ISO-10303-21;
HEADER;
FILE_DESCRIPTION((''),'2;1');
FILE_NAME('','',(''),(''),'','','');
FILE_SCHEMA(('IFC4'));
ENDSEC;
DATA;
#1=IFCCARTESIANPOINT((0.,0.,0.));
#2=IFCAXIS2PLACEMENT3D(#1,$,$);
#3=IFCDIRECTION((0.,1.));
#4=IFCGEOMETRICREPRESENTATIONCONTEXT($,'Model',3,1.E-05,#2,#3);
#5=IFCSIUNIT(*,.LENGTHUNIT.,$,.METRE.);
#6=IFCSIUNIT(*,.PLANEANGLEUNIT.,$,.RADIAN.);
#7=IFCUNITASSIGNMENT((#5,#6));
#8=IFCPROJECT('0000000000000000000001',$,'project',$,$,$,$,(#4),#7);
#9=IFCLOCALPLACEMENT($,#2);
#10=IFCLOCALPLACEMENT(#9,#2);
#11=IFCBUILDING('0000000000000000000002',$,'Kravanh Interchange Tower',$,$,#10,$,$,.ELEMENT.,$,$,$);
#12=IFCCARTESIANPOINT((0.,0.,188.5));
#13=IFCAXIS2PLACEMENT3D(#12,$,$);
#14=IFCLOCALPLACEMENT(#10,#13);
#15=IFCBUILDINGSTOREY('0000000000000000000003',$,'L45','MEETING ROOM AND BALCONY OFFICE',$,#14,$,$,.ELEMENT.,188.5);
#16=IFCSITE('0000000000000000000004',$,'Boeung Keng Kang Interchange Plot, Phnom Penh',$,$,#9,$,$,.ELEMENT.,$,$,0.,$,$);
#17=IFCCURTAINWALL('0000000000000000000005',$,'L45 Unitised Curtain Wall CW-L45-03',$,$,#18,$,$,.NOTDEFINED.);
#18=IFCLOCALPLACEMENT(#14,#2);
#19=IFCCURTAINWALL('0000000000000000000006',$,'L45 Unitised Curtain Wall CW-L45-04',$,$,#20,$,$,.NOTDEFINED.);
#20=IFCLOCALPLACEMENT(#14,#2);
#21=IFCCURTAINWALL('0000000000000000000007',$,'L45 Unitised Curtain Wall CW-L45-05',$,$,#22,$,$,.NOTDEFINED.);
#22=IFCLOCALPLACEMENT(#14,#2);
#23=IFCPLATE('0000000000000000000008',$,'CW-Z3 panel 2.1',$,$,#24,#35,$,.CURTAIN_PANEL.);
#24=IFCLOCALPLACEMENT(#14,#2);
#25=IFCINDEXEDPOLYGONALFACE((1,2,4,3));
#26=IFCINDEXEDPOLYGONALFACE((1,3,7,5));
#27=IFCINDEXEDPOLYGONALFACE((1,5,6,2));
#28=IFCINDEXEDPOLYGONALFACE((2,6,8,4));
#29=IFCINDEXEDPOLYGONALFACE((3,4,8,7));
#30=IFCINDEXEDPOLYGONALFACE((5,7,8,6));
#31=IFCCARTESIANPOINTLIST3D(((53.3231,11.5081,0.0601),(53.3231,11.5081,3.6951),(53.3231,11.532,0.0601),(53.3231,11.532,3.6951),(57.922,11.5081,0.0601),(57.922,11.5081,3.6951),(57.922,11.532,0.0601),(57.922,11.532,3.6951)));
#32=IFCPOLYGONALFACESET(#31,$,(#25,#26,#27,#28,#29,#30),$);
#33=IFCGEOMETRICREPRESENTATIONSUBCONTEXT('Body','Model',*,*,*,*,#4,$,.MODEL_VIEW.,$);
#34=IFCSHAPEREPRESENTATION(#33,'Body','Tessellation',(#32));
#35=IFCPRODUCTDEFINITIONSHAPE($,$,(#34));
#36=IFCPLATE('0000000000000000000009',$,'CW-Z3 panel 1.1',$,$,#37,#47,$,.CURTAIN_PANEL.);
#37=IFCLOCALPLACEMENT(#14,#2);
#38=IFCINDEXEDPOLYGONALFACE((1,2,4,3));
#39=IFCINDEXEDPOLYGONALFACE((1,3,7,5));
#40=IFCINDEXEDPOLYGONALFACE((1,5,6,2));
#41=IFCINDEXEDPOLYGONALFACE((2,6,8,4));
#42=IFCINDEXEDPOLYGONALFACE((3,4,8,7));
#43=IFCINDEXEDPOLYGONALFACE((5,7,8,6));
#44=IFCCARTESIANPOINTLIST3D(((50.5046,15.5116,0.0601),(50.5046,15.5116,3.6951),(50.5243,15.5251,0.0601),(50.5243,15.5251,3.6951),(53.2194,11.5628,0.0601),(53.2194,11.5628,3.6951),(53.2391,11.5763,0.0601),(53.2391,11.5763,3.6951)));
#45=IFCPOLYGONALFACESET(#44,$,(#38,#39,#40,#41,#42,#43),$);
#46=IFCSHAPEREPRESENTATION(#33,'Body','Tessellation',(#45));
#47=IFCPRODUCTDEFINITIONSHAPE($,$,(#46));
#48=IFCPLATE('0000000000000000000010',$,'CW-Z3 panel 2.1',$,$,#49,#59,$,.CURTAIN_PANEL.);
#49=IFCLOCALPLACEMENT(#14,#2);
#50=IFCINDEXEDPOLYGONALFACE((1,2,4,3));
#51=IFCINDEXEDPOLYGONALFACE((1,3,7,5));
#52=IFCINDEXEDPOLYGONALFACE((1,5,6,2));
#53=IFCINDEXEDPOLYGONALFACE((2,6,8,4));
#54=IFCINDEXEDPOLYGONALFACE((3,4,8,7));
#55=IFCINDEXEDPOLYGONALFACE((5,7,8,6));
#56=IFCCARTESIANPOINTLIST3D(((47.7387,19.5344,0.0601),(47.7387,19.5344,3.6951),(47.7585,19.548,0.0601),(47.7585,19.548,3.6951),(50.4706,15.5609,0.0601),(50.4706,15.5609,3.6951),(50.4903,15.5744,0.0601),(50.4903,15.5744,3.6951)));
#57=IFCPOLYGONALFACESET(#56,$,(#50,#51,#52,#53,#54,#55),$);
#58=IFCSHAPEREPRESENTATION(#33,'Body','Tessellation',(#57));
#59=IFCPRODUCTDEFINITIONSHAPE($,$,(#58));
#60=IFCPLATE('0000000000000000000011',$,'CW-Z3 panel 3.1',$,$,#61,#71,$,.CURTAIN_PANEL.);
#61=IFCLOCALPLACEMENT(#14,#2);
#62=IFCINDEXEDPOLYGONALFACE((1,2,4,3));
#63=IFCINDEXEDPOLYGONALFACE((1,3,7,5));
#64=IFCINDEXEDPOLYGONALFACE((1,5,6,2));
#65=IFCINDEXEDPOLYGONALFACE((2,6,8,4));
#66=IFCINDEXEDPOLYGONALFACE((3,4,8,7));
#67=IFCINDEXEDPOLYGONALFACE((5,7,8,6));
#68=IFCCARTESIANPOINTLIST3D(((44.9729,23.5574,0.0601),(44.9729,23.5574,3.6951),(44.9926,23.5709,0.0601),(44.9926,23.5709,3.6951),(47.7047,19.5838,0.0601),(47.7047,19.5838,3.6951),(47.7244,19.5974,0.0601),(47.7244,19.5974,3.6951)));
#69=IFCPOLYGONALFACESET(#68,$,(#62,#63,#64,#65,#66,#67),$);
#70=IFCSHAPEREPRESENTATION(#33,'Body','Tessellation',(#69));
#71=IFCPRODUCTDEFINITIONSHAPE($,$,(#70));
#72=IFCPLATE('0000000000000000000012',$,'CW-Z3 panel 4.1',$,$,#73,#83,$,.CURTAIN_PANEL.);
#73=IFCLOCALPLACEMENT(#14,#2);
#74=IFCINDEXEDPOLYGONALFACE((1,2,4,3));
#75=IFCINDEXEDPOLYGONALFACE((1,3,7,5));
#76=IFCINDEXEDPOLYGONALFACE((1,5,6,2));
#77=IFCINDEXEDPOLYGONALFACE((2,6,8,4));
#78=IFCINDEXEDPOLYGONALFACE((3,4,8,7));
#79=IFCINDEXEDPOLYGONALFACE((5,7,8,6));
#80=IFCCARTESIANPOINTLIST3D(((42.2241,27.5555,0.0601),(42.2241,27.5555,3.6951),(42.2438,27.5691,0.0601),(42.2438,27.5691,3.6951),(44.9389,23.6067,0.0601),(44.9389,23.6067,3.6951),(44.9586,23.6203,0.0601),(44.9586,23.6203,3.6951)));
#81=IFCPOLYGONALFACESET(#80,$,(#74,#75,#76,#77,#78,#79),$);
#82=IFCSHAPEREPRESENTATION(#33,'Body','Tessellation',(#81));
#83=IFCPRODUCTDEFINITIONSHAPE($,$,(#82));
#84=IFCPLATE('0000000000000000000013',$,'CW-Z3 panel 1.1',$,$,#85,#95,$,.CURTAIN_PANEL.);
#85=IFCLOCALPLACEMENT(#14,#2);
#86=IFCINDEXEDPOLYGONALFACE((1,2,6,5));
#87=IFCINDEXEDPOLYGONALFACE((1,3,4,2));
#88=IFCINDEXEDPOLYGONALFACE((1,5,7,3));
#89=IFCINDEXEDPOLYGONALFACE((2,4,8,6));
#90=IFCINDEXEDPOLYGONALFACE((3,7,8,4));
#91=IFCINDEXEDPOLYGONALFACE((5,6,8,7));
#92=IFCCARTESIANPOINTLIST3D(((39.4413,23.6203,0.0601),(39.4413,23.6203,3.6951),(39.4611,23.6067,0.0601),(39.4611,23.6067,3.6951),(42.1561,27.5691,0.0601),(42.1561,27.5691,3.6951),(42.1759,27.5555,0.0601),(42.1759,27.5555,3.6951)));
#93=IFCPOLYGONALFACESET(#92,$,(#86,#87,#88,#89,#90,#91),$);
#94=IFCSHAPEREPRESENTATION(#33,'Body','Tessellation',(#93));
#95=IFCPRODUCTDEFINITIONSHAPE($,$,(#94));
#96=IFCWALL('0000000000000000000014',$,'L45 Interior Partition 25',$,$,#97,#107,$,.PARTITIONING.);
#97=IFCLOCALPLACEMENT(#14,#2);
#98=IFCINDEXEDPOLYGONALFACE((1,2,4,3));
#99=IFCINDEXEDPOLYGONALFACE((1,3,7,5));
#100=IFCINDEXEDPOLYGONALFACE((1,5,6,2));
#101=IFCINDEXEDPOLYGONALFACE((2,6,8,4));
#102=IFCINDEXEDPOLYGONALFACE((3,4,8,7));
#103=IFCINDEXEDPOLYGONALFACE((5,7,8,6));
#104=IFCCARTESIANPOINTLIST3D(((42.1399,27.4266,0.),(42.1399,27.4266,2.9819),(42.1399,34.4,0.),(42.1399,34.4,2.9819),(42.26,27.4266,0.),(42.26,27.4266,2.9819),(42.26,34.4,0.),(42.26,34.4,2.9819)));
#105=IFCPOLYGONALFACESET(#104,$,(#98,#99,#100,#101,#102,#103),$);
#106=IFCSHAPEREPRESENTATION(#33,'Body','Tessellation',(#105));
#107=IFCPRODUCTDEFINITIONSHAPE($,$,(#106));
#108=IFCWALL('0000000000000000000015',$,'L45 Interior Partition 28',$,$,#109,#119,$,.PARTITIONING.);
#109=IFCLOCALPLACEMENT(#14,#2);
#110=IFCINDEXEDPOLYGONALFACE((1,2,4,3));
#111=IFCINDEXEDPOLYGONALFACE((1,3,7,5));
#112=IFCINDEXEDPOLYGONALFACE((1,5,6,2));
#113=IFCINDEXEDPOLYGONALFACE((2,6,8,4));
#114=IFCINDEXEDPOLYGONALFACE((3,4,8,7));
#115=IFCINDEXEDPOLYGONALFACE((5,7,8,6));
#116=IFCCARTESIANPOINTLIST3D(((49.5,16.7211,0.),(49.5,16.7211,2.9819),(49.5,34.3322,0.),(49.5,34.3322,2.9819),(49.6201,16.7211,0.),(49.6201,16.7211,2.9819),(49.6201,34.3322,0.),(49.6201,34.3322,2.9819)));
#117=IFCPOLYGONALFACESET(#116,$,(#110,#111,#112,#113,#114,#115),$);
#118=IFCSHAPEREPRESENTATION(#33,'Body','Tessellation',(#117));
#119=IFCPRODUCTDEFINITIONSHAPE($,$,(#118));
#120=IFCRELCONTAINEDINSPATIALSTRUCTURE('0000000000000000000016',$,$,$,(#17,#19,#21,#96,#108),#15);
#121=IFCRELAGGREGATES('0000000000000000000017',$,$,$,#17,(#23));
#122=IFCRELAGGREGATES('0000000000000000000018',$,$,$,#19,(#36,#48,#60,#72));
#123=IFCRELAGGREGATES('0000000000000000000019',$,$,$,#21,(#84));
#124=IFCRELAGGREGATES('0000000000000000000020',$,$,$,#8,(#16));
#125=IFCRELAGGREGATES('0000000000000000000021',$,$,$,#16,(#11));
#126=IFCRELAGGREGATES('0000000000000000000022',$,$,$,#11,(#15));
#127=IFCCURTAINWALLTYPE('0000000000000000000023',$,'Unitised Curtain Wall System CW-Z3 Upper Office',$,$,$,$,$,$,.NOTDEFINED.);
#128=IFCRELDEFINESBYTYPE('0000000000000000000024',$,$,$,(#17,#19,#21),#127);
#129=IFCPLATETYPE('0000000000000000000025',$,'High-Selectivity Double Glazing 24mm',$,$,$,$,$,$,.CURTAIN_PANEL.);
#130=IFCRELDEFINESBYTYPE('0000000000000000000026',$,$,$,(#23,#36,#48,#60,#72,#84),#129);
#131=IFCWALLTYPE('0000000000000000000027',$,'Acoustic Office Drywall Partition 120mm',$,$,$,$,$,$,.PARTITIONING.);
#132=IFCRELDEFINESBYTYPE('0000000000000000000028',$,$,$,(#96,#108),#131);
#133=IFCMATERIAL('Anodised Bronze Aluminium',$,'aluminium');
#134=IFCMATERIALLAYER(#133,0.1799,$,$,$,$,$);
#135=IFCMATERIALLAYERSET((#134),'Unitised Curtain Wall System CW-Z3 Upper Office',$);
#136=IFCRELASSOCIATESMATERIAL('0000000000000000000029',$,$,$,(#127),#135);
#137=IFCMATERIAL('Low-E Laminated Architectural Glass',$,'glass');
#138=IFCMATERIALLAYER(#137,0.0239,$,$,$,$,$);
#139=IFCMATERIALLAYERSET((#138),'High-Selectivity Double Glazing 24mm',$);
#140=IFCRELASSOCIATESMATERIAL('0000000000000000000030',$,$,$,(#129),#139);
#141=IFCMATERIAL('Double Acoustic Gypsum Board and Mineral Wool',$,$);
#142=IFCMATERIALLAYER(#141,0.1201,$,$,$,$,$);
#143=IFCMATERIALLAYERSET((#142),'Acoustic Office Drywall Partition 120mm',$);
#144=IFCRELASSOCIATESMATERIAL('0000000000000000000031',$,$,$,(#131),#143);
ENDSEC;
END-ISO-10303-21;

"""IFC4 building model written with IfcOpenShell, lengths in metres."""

from ifc_helpers import new_model, si_unit, direction, frame, frame_2d, origin, origin_2d, place, context, subcontext, project, spatial, rectangle, extrude, material, layer, layer_set, type_object, element, aggregate, save


model = new_model("IFC4")

# Units and contexts
model_context = context("Model", 3, precision=1e-05, world=origin(), true_north=direction((0.0, 1.0)))
body_context = subcontext(model_context, "Body", "Model", "MODEL_VIEW")
ifc_project = project(units=[si_unit("LENGTHUNIT", "METRE"), si_unit("PLANEANGLEUNIT", "RADIAN")], contexts=[model_context])

# Site, building, storey
site_placement = place(None, origin())
site = spatial("IfcSite", under=ifc_project, at=site_placement, Name="Boeung Keng Kang Interchange Plot, Phnom Penh", CompositionType="ELEMENT", RefElevation=0.0)
building_placement = place(site_placement, origin())
building = spatial("IfcBuilding", under=site, at=building_placement, Name="Kravanh Interchange Tower", CompositionType="ELEMENT")
storey_placement = place(building_placement, frame((0.0, 0.0, 188.5)))
storey = spatial("IfcBuildingStorey", under=building, at=storey_placement, Name="L45", Description="MEETING ROOM AND BALCONY OFFICE", CompositionType="ELEMENT", Elevation=188.5)

# Curtain wall
ifc_material_1 = material(Name="Anodised Bronze Aluminium", Category="aluminium")
ifc_layer_1 = layer(ifc_material_1, 0.1799)
ifc_layer_set_1 = layer_set([ifc_layer_1], Name="Unitised Curtain Wall System CW-Z3 Upper Office")
curtain_wall_type = type_object("IfcCurtainWallType", Name="Unitised Curtain Wall System CW-Z3 Upper Office", PredefinedType="NOTDEFINED", material=ifc_layer_set_1)
curtain_wall_1_placement = place(storey_placement, origin())
curtain_wall_1 = element("IfcCurtainWall", 1, at=curtain_wall_1_placement, inside=storey, type_object=curtain_wall_type, Name="L45 Unitised Curtain Wall CW-L45-03", PredefinedType="NOTDEFINED")

# Curtain walls
curtain_wall_2_placement = place(storey_placement, origin())
curtain_wall_2 = element("IfcCurtainWall", 2, at=curtain_wall_2_placement, inside=storey, type_object=curtain_wall_type, Name="L45 Unitised Curtain Wall CW-L45-04", PredefinedType="NOTDEFINED")
curtain_wall_3_placement = place(storey_placement, origin())
curtain_wall_3 = element("IfcCurtainWall", 3, at=curtain_wall_3_placement, inside=storey, type_object=curtain_wall_type, Name="L45 Unitised Curtain Wall CW-L45-05", PredefinedType="NOTDEFINED")

# Plates
ifc_material_2 = material(Name="Low-E Laminated Architectural Glass", Category="glass")
ifc_layer_2 = layer(ifc_material_2, 0.0239)
ifc_layer_set_2 = layer_set([ifc_layer_2], Name="High-Selectivity Double Glazing 24mm")
plate_type = type_object("IfcPlateType", Name="High-Selectivity Double Glazing 24mm", PredefinedType="CURTAIN_PANEL", material=ifc_layer_set_2)
plate_1_placement = place(storey_placement, frame((55.6226, 11.52, 0.0601), z_axis=(0.0, 0.0, 1.0), x_axis=(-1.0, 0.0, 0.0)))
plate_1 = element("IfcPlate", 4, at=plate_1_placement, type_object=plate_type, Name="CW-Z3 panel 2.1", PredefinedType="CURTAIN_PANEL", context=body_context, shape_type="SweptSolid", body=[
    extrude(rectangle(XDim=4.5989, YDim=0.0239, at=origin_2d()), origin(), (0.0, 0.0, 1.0), 3.635),
])
aggregate(curtain_wall_1, [plate_1])
plate_2_placement = place(storey_placement, frame((51.8718, 13.5439, 0.0601), z_axis=(0.0, 0.0, 1.0), x_axis=(-0.566528, 0.824042, 0.0)))
plate_2 = element("IfcPlate", 5, at=plate_2_placement, type_object=plate_type, Name="CW-Z3 panel 1.1", PredefinedType="CURTAIN_PANEL", context=body_context, shape_type="SweptSolid", body=[
    extrude(rectangle(XDim=4.792, YDim=0.0239, at=origin_2d()), origin(), (0.0, 0.0, 1.0), 3.635),
])
plate_3_placement = place(storey_placement, frame((49.1145, 17.5544, 0.0601), z_axis=(0.0, 0.0, 1.0), x_axis=(-0.566528, 0.824042, 0.0)))
plate_3 = element("IfcPlate", 6, at=plate_3_placement, type_object=plate_type, Name="CW-Z3 panel 2.1", PredefinedType="CURTAIN_PANEL", context=body_context, shape_type="SweptSolid", body=[
    extrude(rectangle(XDim=4.822, YDim=0.0239, at=origin_2d()), origin(), (0.0, 0.0, 1.0), 3.635),
])
plate_4_placement = place(storey_placement, frame((46.3486, 21.5774, 0.0601), z_axis=(0.0, 0.0, 1.0), x_axis=(-0.566528, 0.824042, 0.0)))
plate_4 = element("IfcPlate", 7, at=plate_4_placement, type_object=plate_type, Name="CW-Z3 panel 3.1", PredefinedType="CURTAIN_PANEL", context=body_context, shape_type="SweptSolid", body=[
    extrude(rectangle(XDim=4.822, YDim=0.0239, at=origin_2d()), origin(), (0.0, 0.0, 1.0), 3.635),
])
plate_5_placement = place(storey_placement, frame((43.5913, 25.5879, 0.0601), z_axis=(0.0, 0.0, 1.0), x_axis=(-0.566528, 0.824042, 0.0)))
plate_5 = element("IfcPlate", 8, at=plate_5_placement, type_object=plate_type, Name="CW-Z3 panel 4.1", PredefinedType="CURTAIN_PANEL", context=body_context, shape_type="SweptSolid", body=[
    extrude(rectangle(XDim=4.792, YDim=0.0239, at=origin_2d()), origin(), (0.0, 0.0, 1.0), 3.635),
])
aggregate(curtain_wall_2, [plate_2, plate_3, plate_4, plate_5])
plate_6_placement = place(storey_placement, frame((40.8086, 25.5879, 0.0601), z_axis=(0.0, 0.0, 1.0), x_axis=(-0.566528, -0.824042, 0.0)))
plate_6 = element("IfcPlate", 9, at=plate_6_placement, type_object=plate_type, Name="CW-Z3 panel 1.1", PredefinedType="CURTAIN_PANEL", context=body_context, shape_type="SweptSolid", body=[
    extrude(rectangle(XDim=4.792, YDim=0.0239, at=origin_2d()), origin(), (0.0, 0.0, 1.0), 3.635),
])
aggregate(curtain_wall_3, [plate_6])

# Walls
ifc_material_3 = material(Name="Double Acoustic Gypsum Board and Mineral Wool")
ifc_layer_3 = layer(ifc_material_3, 0.1201)
ifc_layer_set_3 = layer_set([ifc_layer_3], Name="Acoustic Office Drywall Partition 120mm")
wall_type = type_object("IfcWallType", Name="Acoustic Office Drywall Partition 120mm", PredefinedType="PARTITIONING", material=ifc_layer_set_3)
wall_1_placement = place(storey_placement, frame((42.2, 27.4265, 0.0), z_axis=(0.0, 0.0, 1.0), x_axis=(0.0, 1.0, 0.0)))
element("IfcWall", 10, at=wall_1_placement, inside=storey, type_object=wall_type, Name="L45 Interior Partition 25", PredefinedType="PARTITIONING", context=body_context, shape_type="SweptSolid", body=[
    extrude(rectangle(XDim=6.9734, YDim=0.1201, at=frame_2d((3.4868, 0.0))), origin(), (0.0, 0.0, 1.0), 2.9819),
])
wall_2_placement = place(storey_placement, frame((49.5601, 16.7209, 0.0), z_axis=(0.0, 0.0, 1.0), x_axis=(0.0, 1.0, 0.0)))
element("IfcWall", 11, at=wall_2_placement, inside=storey, type_object=wall_type, Name="L45 Interior Partition 28", PredefinedType="PARTITIONING", context=body_context, shape_type="SweptSolid", body=[
    extrude(rectangle(XDim=17.6111, YDim=0.1201, at=frame_2d((8.8057, 0.0))), origin(), (0.0, 0.0, 1.0), 2.9819),
])

save(model, "model.ifc")
